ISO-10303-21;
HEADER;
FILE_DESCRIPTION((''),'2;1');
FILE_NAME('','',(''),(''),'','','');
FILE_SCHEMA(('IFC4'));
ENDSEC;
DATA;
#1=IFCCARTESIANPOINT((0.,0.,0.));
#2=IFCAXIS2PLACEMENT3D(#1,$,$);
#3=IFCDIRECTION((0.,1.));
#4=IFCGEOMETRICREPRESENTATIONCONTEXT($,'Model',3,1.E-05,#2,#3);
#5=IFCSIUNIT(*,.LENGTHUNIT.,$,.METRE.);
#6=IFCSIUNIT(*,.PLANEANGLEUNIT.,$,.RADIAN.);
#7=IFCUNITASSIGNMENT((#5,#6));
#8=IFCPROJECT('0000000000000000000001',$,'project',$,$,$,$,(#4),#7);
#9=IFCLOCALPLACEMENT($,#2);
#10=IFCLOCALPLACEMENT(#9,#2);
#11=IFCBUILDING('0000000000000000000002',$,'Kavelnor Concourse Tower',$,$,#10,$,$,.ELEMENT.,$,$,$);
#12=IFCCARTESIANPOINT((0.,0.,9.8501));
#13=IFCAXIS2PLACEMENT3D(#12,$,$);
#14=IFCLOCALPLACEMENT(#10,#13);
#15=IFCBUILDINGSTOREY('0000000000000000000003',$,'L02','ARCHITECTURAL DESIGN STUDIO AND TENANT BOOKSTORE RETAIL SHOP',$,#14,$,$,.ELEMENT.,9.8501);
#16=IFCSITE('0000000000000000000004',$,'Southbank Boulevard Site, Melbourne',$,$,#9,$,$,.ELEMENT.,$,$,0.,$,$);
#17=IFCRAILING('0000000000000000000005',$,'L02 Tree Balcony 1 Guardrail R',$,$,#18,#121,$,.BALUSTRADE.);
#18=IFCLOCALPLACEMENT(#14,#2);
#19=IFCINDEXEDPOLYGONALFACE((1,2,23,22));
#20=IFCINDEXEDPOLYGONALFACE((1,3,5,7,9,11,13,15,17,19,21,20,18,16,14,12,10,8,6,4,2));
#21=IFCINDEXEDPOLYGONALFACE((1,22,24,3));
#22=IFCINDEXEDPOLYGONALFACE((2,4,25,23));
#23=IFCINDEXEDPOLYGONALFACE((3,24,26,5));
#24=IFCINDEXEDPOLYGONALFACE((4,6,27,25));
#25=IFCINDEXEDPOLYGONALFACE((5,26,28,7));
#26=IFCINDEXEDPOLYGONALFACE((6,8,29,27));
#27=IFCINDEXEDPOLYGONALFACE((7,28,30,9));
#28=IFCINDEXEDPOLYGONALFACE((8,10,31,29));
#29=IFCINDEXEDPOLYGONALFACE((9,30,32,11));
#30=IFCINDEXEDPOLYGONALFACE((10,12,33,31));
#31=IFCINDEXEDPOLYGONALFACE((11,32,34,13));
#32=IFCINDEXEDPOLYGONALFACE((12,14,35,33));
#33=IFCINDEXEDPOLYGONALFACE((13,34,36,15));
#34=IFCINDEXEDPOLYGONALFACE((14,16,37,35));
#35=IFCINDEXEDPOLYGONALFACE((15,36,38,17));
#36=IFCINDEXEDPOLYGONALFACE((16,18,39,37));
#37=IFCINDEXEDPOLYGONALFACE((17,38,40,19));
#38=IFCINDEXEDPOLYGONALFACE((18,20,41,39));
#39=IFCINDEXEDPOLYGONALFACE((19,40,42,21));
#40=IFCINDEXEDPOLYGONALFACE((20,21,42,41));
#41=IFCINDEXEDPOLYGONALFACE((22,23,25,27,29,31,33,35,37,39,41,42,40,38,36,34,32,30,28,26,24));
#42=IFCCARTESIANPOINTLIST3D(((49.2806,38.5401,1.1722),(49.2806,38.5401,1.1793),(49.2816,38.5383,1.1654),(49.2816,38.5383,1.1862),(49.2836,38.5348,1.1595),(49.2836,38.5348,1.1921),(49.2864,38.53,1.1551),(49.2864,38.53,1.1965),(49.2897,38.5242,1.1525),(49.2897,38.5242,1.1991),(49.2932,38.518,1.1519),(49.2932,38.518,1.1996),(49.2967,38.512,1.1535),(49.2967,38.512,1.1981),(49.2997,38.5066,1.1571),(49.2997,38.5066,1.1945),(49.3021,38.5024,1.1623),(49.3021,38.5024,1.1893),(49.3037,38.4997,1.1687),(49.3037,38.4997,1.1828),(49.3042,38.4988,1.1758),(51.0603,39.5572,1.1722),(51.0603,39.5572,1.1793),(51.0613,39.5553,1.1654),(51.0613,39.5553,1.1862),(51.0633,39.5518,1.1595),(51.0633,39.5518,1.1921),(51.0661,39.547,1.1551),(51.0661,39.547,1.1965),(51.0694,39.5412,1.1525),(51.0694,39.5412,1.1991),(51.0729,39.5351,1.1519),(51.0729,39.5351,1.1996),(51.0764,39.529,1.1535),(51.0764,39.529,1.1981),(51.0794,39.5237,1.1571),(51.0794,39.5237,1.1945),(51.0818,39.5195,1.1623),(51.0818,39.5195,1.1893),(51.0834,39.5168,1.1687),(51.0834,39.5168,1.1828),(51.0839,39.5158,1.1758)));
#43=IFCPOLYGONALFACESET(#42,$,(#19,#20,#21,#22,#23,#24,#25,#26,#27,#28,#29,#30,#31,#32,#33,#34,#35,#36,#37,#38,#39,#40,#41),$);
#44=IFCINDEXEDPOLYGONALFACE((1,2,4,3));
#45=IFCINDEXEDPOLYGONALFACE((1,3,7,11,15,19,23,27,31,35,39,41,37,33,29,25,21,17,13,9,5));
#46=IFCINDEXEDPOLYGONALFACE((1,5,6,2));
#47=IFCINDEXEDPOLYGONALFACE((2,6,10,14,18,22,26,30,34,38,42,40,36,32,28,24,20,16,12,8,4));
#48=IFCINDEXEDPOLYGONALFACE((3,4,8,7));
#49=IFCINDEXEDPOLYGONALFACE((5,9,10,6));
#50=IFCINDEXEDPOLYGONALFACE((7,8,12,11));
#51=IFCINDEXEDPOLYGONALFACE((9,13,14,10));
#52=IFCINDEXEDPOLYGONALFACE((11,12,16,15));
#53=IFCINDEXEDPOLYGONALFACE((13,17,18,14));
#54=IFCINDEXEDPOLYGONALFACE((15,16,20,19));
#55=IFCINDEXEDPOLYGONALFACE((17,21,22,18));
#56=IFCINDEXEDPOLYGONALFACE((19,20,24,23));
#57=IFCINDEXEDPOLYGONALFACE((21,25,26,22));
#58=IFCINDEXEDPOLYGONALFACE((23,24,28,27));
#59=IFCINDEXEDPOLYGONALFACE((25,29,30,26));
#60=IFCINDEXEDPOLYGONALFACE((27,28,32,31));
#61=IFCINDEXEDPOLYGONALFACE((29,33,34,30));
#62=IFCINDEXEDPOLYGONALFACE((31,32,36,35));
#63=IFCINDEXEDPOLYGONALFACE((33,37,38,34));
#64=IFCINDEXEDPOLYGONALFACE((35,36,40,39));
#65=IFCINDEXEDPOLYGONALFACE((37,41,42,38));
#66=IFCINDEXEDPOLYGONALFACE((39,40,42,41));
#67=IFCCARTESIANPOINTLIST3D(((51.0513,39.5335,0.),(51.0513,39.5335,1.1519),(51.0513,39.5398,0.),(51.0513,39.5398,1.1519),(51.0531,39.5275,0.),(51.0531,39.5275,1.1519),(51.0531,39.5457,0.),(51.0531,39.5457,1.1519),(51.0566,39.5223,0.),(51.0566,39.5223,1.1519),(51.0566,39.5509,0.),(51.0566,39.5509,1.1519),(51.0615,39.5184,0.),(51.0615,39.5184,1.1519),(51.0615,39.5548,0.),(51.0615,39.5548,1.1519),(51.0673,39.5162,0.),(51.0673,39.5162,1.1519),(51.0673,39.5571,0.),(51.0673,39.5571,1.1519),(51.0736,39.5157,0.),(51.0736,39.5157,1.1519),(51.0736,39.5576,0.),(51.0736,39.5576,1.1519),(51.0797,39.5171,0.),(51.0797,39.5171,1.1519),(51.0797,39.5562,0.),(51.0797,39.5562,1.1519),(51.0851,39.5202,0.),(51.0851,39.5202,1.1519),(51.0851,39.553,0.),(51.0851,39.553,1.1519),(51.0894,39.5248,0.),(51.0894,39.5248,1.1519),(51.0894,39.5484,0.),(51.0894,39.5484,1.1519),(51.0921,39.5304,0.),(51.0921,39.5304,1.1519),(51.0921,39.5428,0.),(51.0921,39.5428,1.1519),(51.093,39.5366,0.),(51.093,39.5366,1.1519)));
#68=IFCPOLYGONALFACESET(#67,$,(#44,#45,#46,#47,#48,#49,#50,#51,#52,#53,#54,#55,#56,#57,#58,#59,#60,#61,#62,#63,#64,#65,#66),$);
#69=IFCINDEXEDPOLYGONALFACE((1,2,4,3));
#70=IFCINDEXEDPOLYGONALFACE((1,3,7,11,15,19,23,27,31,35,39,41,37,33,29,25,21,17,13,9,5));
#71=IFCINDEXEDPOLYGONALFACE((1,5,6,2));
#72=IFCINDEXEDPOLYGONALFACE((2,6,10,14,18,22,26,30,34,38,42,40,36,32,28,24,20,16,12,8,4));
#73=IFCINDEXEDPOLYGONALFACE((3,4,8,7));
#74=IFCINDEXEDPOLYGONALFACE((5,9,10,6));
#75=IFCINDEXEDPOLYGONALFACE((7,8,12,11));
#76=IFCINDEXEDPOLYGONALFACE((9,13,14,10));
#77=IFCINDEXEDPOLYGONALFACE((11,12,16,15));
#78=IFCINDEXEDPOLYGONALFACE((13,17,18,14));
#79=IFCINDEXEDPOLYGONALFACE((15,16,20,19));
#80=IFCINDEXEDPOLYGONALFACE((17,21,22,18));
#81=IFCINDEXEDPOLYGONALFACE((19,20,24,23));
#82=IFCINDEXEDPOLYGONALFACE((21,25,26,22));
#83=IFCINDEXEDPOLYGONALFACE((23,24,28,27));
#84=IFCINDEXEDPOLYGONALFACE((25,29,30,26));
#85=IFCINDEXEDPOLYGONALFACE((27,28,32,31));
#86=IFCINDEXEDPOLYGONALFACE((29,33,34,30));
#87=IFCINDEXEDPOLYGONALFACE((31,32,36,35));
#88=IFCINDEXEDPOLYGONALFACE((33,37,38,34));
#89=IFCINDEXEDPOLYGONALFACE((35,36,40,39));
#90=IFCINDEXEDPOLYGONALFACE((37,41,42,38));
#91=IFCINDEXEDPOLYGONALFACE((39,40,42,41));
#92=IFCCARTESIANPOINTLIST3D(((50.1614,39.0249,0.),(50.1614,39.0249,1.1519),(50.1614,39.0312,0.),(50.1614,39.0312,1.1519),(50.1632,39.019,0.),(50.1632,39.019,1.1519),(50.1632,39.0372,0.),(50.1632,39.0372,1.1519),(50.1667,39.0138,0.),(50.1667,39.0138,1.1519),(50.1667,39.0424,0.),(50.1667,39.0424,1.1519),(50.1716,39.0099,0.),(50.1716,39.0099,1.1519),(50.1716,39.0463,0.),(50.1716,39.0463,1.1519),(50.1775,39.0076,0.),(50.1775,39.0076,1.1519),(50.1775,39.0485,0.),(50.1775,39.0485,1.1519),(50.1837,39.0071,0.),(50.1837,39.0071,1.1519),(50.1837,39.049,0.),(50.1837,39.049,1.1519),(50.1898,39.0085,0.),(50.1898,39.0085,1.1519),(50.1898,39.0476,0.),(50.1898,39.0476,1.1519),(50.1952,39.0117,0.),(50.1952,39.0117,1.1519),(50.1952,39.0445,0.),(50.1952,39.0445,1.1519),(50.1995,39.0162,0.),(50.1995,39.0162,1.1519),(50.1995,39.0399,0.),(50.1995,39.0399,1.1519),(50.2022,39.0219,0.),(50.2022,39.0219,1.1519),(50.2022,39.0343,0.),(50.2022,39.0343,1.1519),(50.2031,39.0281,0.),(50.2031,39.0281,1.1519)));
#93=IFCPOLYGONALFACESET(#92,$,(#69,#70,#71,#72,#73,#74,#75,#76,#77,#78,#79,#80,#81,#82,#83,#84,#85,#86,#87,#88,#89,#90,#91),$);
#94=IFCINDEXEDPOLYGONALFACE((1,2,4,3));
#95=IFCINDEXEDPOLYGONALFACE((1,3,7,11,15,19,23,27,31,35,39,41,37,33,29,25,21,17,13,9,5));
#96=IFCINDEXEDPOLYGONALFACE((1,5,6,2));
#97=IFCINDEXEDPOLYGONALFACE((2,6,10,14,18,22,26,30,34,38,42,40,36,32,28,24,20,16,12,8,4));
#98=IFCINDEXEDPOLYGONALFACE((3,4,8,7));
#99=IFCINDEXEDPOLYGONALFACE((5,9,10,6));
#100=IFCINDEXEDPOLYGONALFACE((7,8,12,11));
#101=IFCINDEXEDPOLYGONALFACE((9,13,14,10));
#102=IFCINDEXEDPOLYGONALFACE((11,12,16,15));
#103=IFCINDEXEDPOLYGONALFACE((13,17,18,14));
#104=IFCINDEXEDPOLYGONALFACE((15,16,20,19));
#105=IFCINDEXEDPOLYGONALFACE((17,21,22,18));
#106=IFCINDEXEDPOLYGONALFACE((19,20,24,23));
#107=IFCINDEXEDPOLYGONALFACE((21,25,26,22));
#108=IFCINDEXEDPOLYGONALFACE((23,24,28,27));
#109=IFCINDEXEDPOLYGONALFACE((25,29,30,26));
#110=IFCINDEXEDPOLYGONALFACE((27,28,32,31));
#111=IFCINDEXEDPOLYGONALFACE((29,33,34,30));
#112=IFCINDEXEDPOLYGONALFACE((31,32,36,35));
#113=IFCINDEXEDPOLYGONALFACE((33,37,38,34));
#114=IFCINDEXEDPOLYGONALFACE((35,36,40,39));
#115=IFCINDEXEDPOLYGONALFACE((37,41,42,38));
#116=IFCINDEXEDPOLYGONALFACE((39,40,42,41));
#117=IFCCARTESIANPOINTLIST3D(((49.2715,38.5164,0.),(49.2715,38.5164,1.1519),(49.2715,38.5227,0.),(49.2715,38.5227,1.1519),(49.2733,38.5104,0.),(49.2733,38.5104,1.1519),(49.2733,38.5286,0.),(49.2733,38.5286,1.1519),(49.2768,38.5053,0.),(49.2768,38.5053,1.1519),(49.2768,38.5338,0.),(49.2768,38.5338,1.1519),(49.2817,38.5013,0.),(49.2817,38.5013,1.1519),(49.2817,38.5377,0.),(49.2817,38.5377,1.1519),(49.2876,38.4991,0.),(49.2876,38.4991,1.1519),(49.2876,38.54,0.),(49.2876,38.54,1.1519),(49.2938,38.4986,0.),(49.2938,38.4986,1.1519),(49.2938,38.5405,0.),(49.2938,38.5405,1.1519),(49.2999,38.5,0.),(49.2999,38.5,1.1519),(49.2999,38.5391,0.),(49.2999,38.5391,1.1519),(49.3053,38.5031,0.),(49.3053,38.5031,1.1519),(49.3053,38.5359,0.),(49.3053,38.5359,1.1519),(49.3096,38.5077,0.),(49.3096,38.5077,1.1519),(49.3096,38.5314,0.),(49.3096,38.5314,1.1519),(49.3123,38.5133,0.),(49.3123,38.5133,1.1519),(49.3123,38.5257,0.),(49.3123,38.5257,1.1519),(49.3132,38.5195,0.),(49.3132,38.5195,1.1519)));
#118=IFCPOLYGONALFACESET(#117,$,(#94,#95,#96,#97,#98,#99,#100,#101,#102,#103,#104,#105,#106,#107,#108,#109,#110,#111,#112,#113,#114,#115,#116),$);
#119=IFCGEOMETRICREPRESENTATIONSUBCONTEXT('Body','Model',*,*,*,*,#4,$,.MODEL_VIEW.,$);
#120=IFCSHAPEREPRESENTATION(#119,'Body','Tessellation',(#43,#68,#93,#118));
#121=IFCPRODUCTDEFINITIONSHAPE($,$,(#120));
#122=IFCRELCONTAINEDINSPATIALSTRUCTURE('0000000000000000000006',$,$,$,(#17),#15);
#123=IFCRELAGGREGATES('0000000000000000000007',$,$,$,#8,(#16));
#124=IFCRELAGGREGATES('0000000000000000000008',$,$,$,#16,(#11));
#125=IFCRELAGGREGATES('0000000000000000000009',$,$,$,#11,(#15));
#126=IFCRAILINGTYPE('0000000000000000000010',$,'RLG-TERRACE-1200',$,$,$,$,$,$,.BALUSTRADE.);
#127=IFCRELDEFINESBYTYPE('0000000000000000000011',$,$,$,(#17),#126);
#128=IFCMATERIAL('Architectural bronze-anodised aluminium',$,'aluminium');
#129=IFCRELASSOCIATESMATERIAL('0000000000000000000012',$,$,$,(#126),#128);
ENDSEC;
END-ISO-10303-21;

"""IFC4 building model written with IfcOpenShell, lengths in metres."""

from ifc_helpers import new_model, si_unit, direction, frame, origin, origin_2d, place, context, subcontext, project, spatial, circle, extrude, material, type_object, element, save


model = new_model("IFC4")

# Units and contexts
model_context = context("Model", 3, precision=1e-05, world=origin(), true_north=direction((0.0, 1.0)))
body_context = subcontext(model_context, "Body", "Model", "MODEL_VIEW")
ifc_project = project(units=[si_unit("LENGTHUNIT", "METRE"), si_unit("PLANEANGLEUNIT", "RADIAN")], contexts=[model_context])

# Site, building, storey
site_placement = place(None, origin())
site = spatial("IfcSite", under=ifc_project, at=site_placement, Name="Southbank Boulevard Site, Melbourne", CompositionType="ELEMENT", RefElevation=0.0)
building_placement = place(site_placement, origin())
building = spatial("IfcBuilding", under=site, at=building_placement, Name="Kavelnor Concourse Tower", CompositionType="ELEMENT")
storey_placement = place(building_placement, frame((0.0, 0.0, 9.8501)))
storey = spatial("IfcBuildingStorey", under=building, at=storey_placement, Name="L02", Description="ARCHITECTURAL DESIGN STUDIO AND TENANT BOOKSTORE RETAIL SHOP", CompositionType="ELEMENT", Elevation=9.8501)

# Railing
ifc_material_1 = material(Name="Architectural bronze-anodised aluminium", Category="aluminium")
railing_type = type_object("IfcRailingType", Name="RLG-TERRACE-1200", PredefinedType="BALUSTRADE", material=ifc_material_1)
railing_1_placement = place(storey_placement, frame((51.072, 39.5366, 0.0)))
element("IfcRailing", 1, at=railing_1_placement, inside=storey, type_object=railing_type, Name="L02 Tree Balcony 1 Guardrail R", PredefinedType="BALUSTRADE", context=body_context, shape_type="SweptSolid", body=[
    extrude(circle(Radius=0.0239, at=origin_2d()), frame((0.0, 0.0, 1.1758), z_axis=(-0.868228, -0.496165, 0.0), x_axis=(0.496165, -0.868228, 0.0)), (0.0, 0.0, 1.0), 2.0498),
    extrude(circle(Radius=0.021, at=origin_2d()), origin(), (0.0, 0.0, 1.0), 1.1519),
    extrude(circle(Radius=0.021, at=origin_2d()), frame((-0.8899, -0.5085, 0.0)), (0.0, 0.0, 1.0), 1.1519),
    extrude(circle(Radius=0.021, at=origin_2d()), frame((-1.7798, -1.0171, 0.0)), (0.0, 0.0, 1.0), 1.1519),
])

save(model, "model.ifc")
